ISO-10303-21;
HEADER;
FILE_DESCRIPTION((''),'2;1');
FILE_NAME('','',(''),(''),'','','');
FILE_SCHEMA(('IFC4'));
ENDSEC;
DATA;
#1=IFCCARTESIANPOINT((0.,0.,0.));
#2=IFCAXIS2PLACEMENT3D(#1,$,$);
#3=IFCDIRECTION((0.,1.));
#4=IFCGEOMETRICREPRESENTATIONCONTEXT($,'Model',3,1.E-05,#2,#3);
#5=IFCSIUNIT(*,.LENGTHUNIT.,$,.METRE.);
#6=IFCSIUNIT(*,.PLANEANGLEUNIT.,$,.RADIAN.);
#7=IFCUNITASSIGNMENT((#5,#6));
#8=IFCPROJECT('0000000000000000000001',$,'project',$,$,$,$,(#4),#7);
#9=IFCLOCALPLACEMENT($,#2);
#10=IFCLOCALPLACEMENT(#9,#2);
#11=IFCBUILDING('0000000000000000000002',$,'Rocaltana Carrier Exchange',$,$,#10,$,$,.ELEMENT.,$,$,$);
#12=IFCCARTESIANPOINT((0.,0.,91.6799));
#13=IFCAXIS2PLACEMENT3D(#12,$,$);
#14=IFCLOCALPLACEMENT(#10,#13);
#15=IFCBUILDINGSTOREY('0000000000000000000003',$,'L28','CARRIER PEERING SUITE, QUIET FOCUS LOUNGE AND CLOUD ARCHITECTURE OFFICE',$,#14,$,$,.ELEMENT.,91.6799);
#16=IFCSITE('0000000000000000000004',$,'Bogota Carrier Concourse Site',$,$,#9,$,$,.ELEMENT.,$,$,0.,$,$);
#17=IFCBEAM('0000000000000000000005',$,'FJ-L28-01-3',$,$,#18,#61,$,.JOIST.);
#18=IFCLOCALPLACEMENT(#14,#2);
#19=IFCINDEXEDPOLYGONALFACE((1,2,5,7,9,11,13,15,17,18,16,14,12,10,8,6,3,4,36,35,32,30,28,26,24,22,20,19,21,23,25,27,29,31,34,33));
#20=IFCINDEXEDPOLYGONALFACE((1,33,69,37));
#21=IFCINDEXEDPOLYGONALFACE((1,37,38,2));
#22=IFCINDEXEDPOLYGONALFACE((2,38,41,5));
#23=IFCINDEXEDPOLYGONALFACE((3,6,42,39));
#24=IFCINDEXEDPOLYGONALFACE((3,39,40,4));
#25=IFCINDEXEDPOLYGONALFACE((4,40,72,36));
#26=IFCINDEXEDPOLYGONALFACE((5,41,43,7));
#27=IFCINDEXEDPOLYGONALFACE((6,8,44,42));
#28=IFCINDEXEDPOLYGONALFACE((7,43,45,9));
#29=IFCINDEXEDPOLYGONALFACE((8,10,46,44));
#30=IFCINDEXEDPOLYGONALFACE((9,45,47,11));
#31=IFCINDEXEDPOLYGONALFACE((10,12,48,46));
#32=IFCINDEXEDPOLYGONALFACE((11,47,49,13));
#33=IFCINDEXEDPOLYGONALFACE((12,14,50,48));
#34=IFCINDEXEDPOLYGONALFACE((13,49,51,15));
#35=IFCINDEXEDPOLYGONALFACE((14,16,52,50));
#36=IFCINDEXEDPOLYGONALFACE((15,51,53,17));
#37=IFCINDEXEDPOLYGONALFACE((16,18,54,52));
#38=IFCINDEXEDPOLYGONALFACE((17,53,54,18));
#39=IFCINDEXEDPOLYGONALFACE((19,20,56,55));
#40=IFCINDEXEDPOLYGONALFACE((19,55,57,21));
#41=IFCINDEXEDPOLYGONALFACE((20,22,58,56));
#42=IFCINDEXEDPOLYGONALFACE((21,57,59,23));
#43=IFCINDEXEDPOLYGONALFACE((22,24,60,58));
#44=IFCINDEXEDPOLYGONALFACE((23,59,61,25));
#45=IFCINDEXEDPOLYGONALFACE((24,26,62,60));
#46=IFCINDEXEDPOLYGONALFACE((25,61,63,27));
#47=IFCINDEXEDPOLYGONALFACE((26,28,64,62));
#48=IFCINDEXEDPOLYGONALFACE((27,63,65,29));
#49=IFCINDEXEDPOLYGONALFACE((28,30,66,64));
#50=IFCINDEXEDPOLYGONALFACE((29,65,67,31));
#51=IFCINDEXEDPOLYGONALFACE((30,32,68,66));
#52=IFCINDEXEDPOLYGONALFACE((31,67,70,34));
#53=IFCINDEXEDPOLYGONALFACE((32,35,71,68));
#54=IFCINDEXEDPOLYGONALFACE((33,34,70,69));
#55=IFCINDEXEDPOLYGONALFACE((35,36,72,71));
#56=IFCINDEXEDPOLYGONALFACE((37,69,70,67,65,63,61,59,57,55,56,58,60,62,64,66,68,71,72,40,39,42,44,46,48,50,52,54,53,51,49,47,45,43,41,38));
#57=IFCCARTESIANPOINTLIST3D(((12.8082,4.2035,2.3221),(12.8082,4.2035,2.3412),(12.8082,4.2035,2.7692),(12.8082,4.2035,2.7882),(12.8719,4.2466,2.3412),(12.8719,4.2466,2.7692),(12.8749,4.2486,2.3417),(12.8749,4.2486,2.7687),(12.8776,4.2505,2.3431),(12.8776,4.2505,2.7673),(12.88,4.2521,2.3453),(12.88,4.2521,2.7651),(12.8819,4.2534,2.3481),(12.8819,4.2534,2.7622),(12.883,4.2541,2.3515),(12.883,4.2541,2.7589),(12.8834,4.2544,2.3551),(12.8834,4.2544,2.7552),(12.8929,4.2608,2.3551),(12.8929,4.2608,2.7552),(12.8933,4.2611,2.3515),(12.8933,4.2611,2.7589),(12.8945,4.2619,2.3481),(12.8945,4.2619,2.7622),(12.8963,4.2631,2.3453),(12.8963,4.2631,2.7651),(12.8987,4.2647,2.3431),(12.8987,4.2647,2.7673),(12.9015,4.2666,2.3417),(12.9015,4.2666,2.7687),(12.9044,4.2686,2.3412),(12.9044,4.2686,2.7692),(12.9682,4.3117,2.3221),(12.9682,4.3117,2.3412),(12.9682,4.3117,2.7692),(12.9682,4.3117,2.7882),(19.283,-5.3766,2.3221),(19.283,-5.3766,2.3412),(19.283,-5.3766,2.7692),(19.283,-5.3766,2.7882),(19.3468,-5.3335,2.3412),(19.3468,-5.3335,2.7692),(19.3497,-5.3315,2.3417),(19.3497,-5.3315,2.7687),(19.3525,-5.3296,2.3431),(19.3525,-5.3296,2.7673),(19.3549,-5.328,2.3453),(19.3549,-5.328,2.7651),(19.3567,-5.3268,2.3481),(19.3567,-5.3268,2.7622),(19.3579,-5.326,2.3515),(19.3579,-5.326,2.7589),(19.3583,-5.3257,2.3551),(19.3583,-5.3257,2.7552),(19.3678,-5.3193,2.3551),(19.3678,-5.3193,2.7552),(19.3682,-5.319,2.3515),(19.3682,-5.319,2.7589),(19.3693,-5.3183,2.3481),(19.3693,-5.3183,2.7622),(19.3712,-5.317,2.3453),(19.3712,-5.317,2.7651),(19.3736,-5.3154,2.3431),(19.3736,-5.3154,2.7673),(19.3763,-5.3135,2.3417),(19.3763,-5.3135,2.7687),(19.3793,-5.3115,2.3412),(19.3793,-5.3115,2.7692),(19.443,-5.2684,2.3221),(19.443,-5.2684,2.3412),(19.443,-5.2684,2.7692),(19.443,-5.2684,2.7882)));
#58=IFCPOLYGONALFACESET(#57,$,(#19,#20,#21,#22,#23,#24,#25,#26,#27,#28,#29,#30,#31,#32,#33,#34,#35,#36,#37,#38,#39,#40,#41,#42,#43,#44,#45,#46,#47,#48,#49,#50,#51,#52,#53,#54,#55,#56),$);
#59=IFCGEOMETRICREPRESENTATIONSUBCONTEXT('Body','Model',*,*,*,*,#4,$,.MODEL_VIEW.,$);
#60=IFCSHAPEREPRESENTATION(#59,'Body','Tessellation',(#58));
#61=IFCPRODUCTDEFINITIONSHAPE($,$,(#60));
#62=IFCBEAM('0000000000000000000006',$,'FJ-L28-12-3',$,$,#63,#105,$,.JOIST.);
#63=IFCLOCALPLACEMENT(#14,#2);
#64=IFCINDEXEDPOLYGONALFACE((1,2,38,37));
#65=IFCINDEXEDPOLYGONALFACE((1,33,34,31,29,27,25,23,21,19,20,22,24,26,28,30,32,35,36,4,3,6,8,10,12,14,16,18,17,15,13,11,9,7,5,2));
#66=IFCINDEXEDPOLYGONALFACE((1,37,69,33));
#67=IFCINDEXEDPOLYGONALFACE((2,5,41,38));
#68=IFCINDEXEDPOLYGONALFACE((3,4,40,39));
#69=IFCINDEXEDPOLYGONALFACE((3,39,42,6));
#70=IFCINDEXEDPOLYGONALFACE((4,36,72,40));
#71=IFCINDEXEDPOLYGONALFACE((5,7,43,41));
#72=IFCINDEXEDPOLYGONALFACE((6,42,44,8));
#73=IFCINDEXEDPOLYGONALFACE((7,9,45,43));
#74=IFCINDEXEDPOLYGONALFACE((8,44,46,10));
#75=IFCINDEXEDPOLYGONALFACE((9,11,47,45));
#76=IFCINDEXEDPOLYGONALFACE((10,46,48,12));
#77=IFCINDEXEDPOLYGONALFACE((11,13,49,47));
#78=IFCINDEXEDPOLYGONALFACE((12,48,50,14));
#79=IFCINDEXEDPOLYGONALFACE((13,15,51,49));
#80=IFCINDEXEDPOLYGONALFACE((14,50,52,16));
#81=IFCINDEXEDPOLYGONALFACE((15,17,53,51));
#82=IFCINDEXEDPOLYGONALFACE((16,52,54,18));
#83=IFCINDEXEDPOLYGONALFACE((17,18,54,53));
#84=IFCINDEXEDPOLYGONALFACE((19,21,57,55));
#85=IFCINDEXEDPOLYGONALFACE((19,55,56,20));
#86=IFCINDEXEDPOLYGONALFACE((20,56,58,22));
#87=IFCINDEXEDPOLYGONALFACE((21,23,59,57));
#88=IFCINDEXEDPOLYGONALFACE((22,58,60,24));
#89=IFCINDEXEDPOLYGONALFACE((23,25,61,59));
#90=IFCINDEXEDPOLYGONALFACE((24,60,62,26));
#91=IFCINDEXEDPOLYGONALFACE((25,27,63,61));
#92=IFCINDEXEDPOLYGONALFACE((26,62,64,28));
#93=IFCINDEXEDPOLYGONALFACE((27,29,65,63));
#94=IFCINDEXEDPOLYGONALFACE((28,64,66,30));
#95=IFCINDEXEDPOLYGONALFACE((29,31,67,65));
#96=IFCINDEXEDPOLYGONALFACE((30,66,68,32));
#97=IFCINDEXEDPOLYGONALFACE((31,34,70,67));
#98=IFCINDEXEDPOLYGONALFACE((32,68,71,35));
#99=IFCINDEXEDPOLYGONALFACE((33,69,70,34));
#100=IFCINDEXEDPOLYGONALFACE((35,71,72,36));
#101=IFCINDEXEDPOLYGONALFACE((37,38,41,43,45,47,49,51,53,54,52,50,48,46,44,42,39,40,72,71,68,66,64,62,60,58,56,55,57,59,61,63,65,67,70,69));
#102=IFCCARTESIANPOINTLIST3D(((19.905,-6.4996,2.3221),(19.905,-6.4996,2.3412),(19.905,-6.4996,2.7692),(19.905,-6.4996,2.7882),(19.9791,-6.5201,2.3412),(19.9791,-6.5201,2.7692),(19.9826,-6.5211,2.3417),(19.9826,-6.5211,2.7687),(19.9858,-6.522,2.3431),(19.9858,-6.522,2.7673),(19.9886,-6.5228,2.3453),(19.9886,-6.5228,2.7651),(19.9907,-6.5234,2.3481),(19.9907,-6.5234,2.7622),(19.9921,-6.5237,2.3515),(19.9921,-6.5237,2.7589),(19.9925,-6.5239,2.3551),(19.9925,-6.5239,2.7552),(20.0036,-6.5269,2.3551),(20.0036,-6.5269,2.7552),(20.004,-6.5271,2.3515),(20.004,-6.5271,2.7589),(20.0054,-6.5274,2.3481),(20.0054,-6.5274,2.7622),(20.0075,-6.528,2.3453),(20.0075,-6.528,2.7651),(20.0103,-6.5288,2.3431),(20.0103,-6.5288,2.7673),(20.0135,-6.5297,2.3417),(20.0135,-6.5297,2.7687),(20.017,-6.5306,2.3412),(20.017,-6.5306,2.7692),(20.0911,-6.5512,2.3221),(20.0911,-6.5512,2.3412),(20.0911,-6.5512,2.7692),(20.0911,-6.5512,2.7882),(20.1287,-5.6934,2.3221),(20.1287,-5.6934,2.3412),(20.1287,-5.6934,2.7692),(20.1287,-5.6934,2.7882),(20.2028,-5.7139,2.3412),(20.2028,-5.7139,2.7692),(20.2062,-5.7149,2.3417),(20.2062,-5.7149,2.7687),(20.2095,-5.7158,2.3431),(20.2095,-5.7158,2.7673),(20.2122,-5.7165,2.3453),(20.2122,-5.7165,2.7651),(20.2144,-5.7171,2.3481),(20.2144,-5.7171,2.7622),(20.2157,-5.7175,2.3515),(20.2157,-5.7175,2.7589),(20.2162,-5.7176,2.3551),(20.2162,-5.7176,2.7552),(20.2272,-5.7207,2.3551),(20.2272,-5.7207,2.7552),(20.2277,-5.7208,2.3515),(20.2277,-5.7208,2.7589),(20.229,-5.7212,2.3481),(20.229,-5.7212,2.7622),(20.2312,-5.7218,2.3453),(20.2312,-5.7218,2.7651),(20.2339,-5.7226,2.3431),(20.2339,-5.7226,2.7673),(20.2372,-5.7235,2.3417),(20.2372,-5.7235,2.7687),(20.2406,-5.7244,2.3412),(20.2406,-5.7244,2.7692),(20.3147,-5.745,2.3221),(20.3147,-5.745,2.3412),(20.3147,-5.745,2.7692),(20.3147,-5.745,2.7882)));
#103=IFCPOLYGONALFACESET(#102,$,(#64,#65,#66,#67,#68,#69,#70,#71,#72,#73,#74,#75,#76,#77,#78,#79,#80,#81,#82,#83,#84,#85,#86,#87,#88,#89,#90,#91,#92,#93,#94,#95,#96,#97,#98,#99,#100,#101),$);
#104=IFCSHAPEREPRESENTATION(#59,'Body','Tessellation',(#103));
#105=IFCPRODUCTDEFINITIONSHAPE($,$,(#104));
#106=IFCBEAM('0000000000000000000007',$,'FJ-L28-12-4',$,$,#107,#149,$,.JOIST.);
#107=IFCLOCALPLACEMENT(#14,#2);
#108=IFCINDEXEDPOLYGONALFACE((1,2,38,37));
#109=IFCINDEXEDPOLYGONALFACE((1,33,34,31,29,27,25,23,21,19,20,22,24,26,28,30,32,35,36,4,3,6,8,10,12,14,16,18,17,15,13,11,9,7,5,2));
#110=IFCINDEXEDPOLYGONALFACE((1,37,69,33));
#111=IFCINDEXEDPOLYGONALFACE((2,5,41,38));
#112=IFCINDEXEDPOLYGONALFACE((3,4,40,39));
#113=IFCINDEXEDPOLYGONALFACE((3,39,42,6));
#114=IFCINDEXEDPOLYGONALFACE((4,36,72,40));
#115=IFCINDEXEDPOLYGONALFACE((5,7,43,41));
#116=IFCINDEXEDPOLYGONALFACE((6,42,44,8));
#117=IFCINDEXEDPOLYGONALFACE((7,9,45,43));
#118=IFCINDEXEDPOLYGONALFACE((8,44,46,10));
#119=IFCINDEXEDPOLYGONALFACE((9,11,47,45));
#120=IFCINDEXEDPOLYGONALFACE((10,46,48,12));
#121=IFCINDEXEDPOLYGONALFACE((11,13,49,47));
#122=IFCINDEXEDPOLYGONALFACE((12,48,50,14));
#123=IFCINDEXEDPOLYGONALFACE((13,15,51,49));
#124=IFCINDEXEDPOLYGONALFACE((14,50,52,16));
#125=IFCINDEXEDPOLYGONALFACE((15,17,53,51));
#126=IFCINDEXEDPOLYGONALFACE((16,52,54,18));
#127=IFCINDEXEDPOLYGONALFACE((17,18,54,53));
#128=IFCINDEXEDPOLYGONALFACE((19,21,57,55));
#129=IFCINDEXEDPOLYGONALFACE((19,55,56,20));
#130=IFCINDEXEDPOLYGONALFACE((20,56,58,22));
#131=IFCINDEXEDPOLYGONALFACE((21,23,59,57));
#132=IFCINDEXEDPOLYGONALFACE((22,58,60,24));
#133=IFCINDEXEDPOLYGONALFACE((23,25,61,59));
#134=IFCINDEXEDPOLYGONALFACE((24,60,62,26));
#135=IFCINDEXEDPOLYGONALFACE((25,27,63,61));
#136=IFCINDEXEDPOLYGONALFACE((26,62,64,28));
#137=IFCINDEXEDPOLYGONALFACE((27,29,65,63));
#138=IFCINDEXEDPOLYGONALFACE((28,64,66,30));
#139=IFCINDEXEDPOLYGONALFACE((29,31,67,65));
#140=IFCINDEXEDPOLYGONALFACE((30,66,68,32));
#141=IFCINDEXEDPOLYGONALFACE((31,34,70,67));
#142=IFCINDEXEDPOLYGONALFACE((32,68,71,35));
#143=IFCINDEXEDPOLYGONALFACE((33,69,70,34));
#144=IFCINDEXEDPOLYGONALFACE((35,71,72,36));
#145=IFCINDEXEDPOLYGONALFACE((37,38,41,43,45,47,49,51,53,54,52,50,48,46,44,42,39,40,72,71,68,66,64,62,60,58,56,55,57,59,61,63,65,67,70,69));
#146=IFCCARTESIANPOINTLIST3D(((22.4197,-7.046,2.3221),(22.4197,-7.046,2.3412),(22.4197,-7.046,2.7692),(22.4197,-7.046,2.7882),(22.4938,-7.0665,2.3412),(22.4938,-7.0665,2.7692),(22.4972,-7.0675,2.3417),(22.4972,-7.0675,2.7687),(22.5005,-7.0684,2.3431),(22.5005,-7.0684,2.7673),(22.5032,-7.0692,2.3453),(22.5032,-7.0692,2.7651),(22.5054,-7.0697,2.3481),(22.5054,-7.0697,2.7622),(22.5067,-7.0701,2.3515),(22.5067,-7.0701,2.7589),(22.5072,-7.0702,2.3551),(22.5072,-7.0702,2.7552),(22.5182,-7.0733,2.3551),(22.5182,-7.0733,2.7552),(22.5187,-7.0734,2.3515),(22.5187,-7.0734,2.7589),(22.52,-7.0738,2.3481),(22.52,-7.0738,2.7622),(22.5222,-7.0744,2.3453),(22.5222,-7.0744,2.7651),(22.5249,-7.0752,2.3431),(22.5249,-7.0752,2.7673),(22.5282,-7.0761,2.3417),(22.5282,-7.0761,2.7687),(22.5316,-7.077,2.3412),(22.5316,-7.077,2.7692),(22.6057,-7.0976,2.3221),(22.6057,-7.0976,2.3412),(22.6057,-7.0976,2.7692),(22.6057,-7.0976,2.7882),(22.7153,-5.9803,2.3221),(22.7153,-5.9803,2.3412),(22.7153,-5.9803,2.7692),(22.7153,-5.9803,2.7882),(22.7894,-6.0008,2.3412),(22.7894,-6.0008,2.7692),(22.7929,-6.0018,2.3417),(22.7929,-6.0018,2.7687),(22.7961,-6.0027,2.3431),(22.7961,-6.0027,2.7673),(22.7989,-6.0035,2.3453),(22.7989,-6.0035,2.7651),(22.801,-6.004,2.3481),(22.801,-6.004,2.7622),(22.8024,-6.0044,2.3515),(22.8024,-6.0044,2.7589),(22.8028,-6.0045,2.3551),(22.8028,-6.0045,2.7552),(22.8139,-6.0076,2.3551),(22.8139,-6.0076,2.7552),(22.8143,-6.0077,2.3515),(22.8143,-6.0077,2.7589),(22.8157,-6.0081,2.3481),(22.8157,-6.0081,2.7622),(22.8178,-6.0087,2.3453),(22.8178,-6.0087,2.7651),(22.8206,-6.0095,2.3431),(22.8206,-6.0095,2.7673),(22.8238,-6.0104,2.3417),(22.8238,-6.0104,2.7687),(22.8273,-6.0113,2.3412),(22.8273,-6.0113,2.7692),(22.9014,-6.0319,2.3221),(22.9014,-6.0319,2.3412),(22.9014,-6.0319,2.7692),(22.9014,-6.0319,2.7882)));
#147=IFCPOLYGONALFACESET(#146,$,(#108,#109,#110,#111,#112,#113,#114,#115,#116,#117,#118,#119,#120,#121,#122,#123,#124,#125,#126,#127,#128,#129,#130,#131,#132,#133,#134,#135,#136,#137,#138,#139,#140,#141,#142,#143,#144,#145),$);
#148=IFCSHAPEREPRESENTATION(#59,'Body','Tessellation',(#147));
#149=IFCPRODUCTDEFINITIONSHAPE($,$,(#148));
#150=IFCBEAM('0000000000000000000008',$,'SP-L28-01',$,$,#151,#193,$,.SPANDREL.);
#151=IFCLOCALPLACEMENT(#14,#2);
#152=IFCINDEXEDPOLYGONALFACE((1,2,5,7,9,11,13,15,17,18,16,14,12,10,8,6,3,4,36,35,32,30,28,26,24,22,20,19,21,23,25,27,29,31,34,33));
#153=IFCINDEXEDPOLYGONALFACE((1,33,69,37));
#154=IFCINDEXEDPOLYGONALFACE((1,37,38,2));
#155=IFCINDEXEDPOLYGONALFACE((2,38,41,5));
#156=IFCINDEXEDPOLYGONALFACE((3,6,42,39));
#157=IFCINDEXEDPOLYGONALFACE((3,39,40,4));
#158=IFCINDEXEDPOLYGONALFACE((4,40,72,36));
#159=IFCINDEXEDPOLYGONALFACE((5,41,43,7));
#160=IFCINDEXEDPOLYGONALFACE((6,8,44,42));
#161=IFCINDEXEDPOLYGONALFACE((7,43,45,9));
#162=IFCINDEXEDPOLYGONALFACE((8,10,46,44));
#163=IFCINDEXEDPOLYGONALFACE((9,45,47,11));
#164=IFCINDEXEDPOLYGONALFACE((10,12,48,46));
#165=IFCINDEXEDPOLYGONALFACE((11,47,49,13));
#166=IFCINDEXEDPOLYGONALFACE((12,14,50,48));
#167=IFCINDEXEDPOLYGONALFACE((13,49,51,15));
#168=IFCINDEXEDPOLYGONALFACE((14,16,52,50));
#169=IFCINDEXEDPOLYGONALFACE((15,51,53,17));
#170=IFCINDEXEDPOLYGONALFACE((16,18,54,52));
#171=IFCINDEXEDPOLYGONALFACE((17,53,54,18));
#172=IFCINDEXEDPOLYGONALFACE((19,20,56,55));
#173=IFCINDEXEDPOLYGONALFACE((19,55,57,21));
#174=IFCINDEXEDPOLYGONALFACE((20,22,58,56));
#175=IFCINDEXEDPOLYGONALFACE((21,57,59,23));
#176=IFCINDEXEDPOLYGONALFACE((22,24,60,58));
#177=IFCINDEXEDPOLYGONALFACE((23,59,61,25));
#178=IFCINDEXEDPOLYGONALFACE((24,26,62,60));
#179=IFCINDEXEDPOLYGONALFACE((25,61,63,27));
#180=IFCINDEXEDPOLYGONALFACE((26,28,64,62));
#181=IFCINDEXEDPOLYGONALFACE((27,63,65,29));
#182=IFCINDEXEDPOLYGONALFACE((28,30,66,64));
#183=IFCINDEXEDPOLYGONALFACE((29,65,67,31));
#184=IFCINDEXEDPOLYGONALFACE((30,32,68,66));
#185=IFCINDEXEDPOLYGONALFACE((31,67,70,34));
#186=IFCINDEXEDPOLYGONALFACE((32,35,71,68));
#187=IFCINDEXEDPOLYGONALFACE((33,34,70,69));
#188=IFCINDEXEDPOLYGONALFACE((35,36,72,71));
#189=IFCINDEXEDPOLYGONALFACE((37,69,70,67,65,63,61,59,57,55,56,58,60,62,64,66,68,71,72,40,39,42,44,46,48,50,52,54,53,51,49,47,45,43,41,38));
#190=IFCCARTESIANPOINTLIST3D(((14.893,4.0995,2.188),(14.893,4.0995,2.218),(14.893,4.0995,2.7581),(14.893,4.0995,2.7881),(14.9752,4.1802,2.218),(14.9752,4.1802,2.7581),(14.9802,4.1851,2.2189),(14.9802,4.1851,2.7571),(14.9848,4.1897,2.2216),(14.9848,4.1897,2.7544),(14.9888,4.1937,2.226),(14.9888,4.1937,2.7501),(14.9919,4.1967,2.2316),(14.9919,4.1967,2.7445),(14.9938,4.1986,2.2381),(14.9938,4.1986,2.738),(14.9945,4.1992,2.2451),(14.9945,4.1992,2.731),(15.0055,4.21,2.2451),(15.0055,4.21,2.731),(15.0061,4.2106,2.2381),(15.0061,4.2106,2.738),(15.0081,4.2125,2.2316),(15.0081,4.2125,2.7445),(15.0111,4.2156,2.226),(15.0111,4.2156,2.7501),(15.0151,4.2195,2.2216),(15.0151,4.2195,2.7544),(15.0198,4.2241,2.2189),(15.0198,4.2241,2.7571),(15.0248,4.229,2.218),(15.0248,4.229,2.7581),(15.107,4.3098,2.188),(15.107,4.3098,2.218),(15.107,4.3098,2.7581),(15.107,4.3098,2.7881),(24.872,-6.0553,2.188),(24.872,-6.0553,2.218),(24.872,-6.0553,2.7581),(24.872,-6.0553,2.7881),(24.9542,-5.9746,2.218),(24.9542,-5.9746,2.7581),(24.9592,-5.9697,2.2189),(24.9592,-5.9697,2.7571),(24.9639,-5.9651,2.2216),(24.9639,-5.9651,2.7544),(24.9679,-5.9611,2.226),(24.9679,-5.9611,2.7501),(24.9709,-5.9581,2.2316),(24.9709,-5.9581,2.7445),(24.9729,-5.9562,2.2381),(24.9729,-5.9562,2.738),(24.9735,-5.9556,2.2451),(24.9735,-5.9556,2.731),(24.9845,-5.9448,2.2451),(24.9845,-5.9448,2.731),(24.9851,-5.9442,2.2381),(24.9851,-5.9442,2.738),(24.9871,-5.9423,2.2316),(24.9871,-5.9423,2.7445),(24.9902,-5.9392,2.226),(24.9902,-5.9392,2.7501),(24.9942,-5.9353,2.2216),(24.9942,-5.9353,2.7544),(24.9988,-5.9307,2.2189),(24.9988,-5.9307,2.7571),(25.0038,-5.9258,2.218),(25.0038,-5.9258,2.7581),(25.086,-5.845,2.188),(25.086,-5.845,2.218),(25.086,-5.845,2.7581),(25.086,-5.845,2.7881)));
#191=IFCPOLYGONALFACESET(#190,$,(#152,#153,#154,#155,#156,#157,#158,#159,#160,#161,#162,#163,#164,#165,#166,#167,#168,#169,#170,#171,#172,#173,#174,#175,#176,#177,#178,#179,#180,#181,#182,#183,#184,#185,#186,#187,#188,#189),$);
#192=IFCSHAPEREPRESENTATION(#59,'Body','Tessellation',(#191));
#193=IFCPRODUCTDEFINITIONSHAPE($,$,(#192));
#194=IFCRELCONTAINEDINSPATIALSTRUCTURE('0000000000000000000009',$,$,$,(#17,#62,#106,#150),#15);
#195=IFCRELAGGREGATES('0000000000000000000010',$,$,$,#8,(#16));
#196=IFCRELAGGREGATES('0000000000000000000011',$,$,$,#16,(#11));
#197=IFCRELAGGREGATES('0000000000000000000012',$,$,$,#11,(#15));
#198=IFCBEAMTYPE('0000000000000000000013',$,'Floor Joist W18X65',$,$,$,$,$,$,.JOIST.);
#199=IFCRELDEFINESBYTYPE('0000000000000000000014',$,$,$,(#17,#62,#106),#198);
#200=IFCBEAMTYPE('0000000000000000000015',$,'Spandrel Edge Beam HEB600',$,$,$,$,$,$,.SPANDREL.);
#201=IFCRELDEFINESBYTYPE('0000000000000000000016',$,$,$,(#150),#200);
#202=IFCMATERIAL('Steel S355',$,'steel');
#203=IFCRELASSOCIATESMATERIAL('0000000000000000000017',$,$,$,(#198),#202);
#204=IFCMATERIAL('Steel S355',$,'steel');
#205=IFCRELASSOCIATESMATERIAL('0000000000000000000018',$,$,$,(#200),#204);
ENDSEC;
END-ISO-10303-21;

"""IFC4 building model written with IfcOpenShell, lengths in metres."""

from ifc_helpers import new_model, si_unit, direction, frame, origin, origin_2d, place, context, subcontext, project, spatial, i_section, extrude, material, material_profile, profile_set, type_object, element, save


model = new_model("IFC4")

# Units and contexts
model_context = context("Model", 3, precision=1e-05, world=origin(), true_north=direction((0.0, 1.0)))
body_context = subcontext(model_context, "Body", "Model", "MODEL_VIEW")
ifc_project = project(units=[si_unit("LENGTHUNIT", "METRE"), si_unit("PLANEANGLEUNIT", "RADIAN")], contexts=[model_context])

# Site, building, storey
site_placement = place(None, origin())
site = spatial("IfcSite", under=ifc_project, at=site_placement, Name="Bogota Carrier Concourse Site", CompositionType="ELEMENT", RefElevation=0.0)
building_placement = place(site_placement, origin())
building = spatial("IfcBuilding", under=site, at=building_placement, Name="Rocaltana Carrier Exchange", CompositionType="ELEMENT")
storey_placement = place(building_placement, frame((0.0, 0.0, 91.6799)))
storey = spatial("IfcBuildingStorey", under=building, at=storey_placement, Name="L28", Description="CARRIER PEERING SUITE, QUIET FOCUS LOUNGE AND CLOUD ARCHITECTURE OFFICE", CompositionType="ELEMENT", Elevation=91.6799)

# Beams
ifc_material_1 = material(Name="Steel S355", Category="steel")
ifc_material_profile_1 = material_profile(ifc_material_1, i_section(OverallWidth=0.1931, OverallDepth=0.4661, WebThickness=0.0115, FlangeThickness=0.019, FilletRadius=0.0139, at=origin_2d()), Name="W18X65")
ifc_profile_set_1 = profile_set([ifc_material_profile_1], Name="Steel S355")
beam_type_1 = type_object("IfcBeamType", Name="Floor Joist W18X65", PredefinedType="JOIST", material=ifc_profile_set_1)
beam_1_placement = place(storey_placement, frame((19.363, -5.3225, 2.5552), z_axis=(-0.559966, 0.828516, 0.0), x_axis=(-0.828516, -0.559966, 0.0)))
element("IfcBeam", 1, at=beam_1_placement, inside=storey, type_object=beam_type_1, Name="FJ-L28-01-3", PredefinedType="JOIST", context=body_context, shape_type="SweptSolid", body=[
    extrude(i_section(OverallWidth=0.1931, OverallDepth=0.4661, WebThickness=0.0115, FlangeThickness=0.019, FilletRadius=0.0139, at=origin_2d()), origin(), (0.0, 0.0, 1.0), 11.563),
])
beam_2_placement = place(storey_placement, frame((19.998, -6.5254, 2.5552), z_axis=(0.267313, 0.96361, 0.0), x_axis=(-0.96361, 0.267313, 0.0)))
element("IfcBeam", 2, at=beam_2_placement, inside=storey, type_object=beam_type_1, Name="FJ-L28-12-3", PredefinedType="JOIST", context=body_context, shape_type="SweptSolid", body=[
    extrude(i_section(OverallWidth=0.1931, OverallDepth=0.4661, WebThickness=0.0115, FlangeThickness=0.019, FilletRadius=0.0139, at=origin_2d()), origin(), (0.0, 0.0, 1.0), 0.8367),
])
beam_3_placement = place(storey_placement, frame((22.5127, -7.0718, 2.5552), z_axis=(0.267336, 0.963603, 0.0), x_axis=(-0.963603, 0.267336, 0.0)))
element("IfcBeam", 3, at=beam_3_placement, inside=storey, type_object=beam_type_1, Name="FJ-L28-12-4", PredefinedType="JOIST", context=body_context, shape_type="SweptSolid", body=[
    extrude(i_section(OverallWidth=0.1931, OverallDepth=0.4661, WebThickness=0.0115, FlangeThickness=0.019, FilletRadius=0.0139, at=origin_2d()), origin(), (0.0, 0.0, 1.0), 1.106),
])
ifc_material_2 = material(Name="Steel S355", Category="steel")
ifc_material_profile_2 = material_profile(ifc_material_2, i_section(OverallWidth=0.3, OverallDepth=0.6001, WebThickness=0.0154, FlangeThickness=0.03, FilletRadius=0.0271, at=origin_2d()), Name="HEB600")
ifc_profile_set_2 = profile_set([ifc_material_profile_2], Name="Steel S355")
beam_type_2 = type_object("IfcBeamType", Name="Spandrel Edge Beam HEB600", PredefinedType="SPANDREL", material=ifc_profile_set_2)
beam_4_placement = place(storey_placement, frame((24.979, -5.9502, 2.488), z_axis=(-0.700907, 0.713253, 0.0), x_axis=(-0.713253, -0.700907, 0.0)))
element("IfcBeam", 4, at=beam_4_placement, inside=storey, type_object=beam_type_2, Name="SP-L28-01", PredefinedType="SPANDREL", context=body_context, shape_type="SweptSolid", body=[
    extrude(i_section(OverallWidth=0.3, OverallDepth=0.6001, WebThickness=0.0154, FlangeThickness=0.03, FilletRadius=0.0271, at=origin_2d()), origin(), (0.0, 0.0, 1.0), 14.2373),
])

save(model, "model.ifc")
